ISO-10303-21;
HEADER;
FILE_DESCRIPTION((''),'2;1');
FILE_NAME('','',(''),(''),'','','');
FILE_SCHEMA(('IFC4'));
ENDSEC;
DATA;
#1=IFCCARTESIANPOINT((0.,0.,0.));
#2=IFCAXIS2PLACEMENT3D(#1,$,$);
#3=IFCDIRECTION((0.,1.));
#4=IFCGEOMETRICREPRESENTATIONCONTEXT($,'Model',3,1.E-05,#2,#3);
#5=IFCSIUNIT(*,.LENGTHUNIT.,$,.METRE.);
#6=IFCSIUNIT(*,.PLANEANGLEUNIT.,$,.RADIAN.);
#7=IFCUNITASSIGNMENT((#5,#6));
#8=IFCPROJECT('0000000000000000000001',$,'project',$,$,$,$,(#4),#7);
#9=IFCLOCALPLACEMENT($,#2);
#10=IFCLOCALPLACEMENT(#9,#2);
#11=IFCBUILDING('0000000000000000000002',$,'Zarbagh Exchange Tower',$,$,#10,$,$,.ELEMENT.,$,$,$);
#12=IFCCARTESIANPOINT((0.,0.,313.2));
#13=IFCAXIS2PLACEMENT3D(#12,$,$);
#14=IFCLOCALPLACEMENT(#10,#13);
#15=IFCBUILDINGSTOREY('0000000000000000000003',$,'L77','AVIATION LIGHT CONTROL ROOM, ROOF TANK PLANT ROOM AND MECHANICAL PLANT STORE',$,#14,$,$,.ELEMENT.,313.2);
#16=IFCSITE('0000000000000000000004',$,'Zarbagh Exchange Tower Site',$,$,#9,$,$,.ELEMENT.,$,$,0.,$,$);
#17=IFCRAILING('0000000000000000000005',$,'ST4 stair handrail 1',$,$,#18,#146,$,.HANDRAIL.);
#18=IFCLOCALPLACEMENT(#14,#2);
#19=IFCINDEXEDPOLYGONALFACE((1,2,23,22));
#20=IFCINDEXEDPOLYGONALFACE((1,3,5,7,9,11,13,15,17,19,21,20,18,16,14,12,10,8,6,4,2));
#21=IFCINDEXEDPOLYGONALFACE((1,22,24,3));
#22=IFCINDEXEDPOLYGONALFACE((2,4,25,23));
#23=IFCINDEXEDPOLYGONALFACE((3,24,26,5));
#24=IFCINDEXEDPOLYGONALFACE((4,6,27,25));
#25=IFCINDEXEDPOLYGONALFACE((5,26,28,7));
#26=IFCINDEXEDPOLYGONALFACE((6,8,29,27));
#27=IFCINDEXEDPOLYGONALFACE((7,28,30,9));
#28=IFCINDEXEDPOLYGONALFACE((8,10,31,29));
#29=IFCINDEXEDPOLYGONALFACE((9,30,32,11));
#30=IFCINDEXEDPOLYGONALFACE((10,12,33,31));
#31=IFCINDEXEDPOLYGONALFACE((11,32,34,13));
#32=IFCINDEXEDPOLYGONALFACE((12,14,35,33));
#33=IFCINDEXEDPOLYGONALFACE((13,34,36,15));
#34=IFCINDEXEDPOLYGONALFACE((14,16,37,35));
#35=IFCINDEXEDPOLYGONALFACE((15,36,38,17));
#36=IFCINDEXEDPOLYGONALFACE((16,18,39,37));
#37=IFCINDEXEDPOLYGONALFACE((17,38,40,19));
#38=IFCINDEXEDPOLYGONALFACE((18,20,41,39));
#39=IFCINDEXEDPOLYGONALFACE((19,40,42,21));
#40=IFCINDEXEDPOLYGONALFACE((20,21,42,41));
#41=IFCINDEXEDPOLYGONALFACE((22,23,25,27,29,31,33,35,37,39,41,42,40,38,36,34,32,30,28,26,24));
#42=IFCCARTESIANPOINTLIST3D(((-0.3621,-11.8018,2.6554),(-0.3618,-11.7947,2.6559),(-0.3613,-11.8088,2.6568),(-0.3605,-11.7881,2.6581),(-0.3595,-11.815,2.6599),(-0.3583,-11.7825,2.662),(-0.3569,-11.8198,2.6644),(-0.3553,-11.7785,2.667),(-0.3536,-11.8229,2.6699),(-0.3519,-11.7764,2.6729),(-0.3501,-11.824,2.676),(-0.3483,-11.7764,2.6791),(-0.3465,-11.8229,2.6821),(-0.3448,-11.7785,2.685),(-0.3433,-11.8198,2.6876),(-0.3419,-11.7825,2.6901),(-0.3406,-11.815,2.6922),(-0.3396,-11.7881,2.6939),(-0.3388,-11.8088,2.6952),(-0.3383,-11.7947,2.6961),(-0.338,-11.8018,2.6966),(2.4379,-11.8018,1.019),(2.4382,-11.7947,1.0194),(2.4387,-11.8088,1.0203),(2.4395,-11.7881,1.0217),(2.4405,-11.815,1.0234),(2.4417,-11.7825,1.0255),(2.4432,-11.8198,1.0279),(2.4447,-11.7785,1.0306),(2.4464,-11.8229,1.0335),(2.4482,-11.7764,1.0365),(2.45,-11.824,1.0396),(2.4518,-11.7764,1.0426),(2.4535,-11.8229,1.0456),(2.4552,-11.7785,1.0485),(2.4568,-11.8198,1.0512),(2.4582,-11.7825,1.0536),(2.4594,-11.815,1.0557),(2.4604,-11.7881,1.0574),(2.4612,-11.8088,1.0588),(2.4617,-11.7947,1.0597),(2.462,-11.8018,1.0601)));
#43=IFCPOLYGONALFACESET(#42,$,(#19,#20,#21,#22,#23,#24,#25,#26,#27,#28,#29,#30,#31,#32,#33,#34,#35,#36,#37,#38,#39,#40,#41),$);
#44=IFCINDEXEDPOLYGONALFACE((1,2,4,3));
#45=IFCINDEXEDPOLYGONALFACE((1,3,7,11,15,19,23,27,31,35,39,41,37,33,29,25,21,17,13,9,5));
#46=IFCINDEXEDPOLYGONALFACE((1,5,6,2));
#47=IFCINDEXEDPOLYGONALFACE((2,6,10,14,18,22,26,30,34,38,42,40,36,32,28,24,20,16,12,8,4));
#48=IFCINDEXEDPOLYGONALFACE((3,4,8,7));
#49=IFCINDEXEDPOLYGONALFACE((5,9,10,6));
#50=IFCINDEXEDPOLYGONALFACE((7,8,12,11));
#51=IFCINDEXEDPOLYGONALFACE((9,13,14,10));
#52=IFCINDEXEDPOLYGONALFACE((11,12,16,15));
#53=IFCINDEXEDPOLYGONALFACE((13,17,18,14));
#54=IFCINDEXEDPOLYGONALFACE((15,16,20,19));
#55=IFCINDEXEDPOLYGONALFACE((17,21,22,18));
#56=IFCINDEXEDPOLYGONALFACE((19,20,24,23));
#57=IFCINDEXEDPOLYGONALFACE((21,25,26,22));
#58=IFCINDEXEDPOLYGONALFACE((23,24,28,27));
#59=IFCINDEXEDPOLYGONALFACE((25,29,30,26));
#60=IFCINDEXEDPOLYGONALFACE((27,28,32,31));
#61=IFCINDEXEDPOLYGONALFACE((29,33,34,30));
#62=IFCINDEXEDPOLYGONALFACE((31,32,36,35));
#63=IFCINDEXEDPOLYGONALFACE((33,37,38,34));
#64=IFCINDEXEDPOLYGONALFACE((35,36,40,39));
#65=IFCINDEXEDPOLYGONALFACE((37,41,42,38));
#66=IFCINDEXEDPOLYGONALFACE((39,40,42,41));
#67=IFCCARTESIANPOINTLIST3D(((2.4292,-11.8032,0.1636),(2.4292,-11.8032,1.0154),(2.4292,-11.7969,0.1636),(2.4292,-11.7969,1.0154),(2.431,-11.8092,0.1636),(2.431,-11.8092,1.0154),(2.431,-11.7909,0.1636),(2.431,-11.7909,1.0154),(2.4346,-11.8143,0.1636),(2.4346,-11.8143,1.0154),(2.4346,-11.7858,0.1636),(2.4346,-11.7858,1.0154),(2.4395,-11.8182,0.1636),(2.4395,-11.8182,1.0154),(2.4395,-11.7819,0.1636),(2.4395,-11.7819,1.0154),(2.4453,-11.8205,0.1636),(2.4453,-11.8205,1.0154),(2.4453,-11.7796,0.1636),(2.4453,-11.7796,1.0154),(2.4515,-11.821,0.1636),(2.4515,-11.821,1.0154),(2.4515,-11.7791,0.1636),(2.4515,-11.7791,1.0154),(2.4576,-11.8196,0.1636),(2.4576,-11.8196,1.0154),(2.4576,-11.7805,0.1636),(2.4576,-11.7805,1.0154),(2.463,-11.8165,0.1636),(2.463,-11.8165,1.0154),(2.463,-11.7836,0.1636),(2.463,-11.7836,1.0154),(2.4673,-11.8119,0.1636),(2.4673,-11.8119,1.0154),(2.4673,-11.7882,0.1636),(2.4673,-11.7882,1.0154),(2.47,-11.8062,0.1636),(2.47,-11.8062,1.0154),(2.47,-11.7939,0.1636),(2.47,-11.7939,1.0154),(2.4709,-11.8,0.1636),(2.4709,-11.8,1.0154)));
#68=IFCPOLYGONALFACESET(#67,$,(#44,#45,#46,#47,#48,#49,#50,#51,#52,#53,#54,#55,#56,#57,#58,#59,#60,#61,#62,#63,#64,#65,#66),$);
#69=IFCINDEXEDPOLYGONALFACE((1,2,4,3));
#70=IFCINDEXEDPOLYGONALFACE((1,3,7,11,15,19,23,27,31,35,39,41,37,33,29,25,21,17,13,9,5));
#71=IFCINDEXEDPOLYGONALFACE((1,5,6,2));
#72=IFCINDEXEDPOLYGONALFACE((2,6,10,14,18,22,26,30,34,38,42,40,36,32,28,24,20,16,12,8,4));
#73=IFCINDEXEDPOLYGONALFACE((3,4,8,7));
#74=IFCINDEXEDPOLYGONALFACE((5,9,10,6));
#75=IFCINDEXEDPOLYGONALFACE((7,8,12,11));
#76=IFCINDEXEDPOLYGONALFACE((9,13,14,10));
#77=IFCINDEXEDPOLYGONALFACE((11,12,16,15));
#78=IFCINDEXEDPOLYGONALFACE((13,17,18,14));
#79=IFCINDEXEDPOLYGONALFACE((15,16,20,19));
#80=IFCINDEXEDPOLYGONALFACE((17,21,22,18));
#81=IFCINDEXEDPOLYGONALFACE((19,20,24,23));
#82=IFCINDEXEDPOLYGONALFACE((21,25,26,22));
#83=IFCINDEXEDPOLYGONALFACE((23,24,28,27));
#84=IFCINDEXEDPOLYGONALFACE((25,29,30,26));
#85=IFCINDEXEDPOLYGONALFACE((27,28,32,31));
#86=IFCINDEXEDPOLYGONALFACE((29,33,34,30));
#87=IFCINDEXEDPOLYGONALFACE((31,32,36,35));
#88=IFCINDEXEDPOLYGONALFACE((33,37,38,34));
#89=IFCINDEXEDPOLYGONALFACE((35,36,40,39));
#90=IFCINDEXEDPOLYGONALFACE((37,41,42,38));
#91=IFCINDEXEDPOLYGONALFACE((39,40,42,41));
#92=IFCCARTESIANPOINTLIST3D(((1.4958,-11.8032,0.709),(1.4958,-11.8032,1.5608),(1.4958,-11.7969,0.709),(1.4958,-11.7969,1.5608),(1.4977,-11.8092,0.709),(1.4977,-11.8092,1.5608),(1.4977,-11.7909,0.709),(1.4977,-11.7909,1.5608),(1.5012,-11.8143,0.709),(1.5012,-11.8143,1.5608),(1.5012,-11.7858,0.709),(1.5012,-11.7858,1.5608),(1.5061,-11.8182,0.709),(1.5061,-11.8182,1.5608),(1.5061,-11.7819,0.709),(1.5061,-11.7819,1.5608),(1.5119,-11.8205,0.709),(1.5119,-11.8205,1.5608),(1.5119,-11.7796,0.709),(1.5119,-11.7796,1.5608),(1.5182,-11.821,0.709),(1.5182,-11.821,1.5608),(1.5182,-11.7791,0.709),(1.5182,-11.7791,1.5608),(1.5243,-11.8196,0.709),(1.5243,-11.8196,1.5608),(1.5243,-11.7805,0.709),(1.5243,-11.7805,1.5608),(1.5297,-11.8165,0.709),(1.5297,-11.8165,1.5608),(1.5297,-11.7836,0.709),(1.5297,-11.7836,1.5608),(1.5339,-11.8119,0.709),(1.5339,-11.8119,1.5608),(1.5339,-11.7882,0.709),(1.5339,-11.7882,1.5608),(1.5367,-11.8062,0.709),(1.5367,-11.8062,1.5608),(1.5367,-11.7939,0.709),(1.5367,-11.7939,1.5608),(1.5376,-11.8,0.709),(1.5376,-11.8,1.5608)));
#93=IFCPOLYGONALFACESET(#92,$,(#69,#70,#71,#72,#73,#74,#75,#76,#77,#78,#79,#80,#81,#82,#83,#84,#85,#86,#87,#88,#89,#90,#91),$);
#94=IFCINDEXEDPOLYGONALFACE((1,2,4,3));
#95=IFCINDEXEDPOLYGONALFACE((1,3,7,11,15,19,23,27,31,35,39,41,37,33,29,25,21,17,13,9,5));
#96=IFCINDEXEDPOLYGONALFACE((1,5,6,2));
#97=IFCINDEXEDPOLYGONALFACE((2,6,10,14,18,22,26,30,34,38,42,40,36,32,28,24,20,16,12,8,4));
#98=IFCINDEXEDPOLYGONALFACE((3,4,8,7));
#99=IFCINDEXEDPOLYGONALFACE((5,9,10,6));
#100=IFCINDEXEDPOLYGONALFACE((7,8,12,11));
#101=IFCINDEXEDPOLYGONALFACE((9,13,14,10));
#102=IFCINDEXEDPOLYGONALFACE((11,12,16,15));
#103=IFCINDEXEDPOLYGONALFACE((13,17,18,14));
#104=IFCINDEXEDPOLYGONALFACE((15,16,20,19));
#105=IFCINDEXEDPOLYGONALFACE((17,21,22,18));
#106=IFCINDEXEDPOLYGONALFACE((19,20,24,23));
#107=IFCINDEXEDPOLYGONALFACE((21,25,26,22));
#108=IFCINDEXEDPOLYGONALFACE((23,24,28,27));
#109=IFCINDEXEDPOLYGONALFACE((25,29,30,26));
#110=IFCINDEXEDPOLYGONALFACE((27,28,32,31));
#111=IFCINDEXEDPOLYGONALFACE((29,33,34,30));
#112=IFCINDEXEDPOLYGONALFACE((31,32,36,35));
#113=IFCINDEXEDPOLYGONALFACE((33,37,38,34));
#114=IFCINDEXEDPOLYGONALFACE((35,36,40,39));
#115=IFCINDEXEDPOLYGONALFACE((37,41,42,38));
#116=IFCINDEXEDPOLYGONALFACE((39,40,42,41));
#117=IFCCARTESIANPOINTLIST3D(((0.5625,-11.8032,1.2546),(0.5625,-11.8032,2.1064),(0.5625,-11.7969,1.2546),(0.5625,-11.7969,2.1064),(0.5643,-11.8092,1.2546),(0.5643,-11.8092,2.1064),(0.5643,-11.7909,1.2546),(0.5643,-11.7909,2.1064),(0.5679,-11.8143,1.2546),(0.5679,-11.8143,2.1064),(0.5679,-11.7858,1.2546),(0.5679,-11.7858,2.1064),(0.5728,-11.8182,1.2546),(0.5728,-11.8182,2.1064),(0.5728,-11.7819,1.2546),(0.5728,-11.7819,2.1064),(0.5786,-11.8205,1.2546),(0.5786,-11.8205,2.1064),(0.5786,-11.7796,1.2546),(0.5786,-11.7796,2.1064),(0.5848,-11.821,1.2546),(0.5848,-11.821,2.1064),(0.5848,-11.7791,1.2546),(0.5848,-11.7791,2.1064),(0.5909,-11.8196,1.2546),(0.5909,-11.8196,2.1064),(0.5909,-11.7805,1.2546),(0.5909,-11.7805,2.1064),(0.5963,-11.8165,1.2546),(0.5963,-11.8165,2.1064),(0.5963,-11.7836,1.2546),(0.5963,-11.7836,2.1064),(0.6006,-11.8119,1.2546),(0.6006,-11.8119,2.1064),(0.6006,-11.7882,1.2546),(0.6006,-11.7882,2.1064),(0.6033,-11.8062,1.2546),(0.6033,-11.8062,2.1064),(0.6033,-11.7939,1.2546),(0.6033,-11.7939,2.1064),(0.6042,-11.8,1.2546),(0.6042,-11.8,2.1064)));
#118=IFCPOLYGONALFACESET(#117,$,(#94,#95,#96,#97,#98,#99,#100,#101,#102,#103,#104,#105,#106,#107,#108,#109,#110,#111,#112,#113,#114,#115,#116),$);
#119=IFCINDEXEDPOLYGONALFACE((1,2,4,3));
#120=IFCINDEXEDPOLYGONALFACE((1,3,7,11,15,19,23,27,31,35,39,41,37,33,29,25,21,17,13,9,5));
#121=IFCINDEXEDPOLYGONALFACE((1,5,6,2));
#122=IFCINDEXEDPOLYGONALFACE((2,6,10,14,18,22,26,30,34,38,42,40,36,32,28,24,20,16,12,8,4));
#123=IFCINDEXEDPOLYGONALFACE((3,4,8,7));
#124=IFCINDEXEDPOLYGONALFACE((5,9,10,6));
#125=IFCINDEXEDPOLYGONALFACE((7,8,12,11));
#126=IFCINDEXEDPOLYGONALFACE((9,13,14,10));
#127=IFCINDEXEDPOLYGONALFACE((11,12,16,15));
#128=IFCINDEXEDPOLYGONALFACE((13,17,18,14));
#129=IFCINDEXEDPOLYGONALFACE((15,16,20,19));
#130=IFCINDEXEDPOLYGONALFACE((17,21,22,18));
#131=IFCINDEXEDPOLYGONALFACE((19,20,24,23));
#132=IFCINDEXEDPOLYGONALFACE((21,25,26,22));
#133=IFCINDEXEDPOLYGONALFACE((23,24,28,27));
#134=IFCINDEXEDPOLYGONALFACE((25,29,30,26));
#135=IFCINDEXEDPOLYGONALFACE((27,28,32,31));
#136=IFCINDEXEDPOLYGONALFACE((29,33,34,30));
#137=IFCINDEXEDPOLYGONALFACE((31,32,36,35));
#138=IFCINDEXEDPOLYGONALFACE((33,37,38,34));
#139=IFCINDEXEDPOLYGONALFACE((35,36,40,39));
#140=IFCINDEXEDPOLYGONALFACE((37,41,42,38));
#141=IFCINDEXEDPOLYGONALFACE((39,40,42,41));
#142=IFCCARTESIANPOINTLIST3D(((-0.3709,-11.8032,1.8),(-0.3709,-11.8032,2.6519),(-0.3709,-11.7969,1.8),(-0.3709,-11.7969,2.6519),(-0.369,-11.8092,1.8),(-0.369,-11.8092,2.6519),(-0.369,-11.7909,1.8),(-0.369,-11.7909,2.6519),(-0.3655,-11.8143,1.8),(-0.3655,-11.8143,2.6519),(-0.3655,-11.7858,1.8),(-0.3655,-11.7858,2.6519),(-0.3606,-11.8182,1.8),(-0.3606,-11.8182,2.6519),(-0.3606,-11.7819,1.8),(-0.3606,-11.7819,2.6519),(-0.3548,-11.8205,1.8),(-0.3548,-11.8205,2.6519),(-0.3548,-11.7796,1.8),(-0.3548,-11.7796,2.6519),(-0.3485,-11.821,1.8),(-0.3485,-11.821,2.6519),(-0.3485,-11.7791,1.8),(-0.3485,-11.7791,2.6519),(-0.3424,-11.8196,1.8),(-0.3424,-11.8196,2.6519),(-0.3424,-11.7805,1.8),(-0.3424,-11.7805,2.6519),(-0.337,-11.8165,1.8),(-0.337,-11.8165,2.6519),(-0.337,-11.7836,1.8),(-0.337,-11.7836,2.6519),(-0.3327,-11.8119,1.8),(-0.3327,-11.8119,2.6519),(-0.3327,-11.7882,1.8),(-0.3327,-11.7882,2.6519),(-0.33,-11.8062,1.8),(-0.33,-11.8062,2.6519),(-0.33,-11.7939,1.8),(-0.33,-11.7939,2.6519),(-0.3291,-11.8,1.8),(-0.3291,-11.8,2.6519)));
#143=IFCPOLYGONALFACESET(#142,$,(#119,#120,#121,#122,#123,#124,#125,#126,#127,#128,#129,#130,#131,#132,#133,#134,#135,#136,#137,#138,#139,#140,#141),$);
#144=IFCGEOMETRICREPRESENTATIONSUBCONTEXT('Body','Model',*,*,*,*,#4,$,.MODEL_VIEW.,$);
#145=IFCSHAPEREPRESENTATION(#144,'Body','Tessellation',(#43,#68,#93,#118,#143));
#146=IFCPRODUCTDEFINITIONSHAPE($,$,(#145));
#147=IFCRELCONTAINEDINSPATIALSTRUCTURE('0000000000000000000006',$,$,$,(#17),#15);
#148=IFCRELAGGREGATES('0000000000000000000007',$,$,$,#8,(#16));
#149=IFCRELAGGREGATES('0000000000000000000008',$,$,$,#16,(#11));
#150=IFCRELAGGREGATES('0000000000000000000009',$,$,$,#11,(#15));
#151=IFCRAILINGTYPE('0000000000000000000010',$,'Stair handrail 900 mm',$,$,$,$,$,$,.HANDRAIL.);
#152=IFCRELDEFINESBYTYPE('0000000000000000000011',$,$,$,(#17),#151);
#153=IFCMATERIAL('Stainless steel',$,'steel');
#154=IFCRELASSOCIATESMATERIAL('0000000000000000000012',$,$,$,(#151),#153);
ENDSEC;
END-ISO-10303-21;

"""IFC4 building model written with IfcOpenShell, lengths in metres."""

from ifc_helpers import new_model, si_unit, direction, frame, origin, origin_2d, place, context, subcontext, project, spatial, circle, extrude, material, type_object, element, save


model = new_model("IFC4")

# Units and contexts
model_context = context("Model", 3, precision=1e-05, world=origin(), true_north=direction((0.0, 1.0)))
body_context = subcontext(model_context, "Body", "Model", "MODEL_VIEW")
ifc_project = project(units=[si_unit("LENGTHUNIT", "METRE"), si_unit("PLANEANGLEUNIT", "RADIAN")], contexts=[model_context])

# Site, building, storey
site_placement = place(None, origin())
site = spatial("IfcSite", under=ifc_project, at=site_placement, Name="Zarbagh Exchange Tower Site", CompositionType="ELEMENT", RefElevation=0.0)
building_placement = place(site_placement, origin())
building = spatial("IfcBuilding", under=site, at=building_placement, Name="Zarbagh Exchange Tower", CompositionType="ELEMENT")
storey_placement = place(building_placement, frame((0.0, 0.0, 313.2)))
storey = spatial("IfcBuildingStorey", under=building, at=storey_placement, Name="L77", Description="AVIATION LIGHT CONTROL ROOM, ROOF TANK PLANT ROOM AND MECHANICAL PLANT STORE", CompositionType="ELEMENT", Elevation=313.2)

# Railing
ifc_material_1 = material(Name="Stainless steel", Category="steel")
railing_type_1 = type_object("IfcRailingType", Name="Stair handrail 900 mm", PredefinedType="HANDRAIL", material=ifc_material_1)
railing_1_placement = place(storey_placement, frame((2.45, -11.8, 0.1636)))
element("IfcRailing", 1, at=railing_1_placement, inside=storey, type_object=railing_type_1, Name="ST4 stair handrail 1", PredefinedType="HANDRAIL", context=body_context, shape_type="SweptSolid", body=[
    extrude(circle(Radius=0.0239, at=origin_2d()), frame((0.0, 0.0, 0.876), z_axis=(-0.863361, 0.0, 0.504587), x_axis=(0.0, -1.0, 0.0)), (0.0, 0.0, 1.0), 3.2432),
    extrude(circle(Radius=0.021, at=origin_2d()), origin(), (0.0, 0.0, 1.0), 0.8518),
    extrude(circle(Radius=0.021, at=origin_2d()), frame((-0.9333, 0.0, 0.5454)), (0.0, 0.0, 1.0), 0.8518),
    extrude(circle(Radius=0.021, at=origin_2d()), frame((-1.8667, 0.0, 1.0911)), (0.0, 0.0, 1.0), 0.8518),
    extrude(circle(Radius=0.021, at=origin_2d()), frame((-2.8, 0.0, 1.6365)), (0.0, 0.0, 1.0), 0.8518),
])

save(model, "model.ifc")
